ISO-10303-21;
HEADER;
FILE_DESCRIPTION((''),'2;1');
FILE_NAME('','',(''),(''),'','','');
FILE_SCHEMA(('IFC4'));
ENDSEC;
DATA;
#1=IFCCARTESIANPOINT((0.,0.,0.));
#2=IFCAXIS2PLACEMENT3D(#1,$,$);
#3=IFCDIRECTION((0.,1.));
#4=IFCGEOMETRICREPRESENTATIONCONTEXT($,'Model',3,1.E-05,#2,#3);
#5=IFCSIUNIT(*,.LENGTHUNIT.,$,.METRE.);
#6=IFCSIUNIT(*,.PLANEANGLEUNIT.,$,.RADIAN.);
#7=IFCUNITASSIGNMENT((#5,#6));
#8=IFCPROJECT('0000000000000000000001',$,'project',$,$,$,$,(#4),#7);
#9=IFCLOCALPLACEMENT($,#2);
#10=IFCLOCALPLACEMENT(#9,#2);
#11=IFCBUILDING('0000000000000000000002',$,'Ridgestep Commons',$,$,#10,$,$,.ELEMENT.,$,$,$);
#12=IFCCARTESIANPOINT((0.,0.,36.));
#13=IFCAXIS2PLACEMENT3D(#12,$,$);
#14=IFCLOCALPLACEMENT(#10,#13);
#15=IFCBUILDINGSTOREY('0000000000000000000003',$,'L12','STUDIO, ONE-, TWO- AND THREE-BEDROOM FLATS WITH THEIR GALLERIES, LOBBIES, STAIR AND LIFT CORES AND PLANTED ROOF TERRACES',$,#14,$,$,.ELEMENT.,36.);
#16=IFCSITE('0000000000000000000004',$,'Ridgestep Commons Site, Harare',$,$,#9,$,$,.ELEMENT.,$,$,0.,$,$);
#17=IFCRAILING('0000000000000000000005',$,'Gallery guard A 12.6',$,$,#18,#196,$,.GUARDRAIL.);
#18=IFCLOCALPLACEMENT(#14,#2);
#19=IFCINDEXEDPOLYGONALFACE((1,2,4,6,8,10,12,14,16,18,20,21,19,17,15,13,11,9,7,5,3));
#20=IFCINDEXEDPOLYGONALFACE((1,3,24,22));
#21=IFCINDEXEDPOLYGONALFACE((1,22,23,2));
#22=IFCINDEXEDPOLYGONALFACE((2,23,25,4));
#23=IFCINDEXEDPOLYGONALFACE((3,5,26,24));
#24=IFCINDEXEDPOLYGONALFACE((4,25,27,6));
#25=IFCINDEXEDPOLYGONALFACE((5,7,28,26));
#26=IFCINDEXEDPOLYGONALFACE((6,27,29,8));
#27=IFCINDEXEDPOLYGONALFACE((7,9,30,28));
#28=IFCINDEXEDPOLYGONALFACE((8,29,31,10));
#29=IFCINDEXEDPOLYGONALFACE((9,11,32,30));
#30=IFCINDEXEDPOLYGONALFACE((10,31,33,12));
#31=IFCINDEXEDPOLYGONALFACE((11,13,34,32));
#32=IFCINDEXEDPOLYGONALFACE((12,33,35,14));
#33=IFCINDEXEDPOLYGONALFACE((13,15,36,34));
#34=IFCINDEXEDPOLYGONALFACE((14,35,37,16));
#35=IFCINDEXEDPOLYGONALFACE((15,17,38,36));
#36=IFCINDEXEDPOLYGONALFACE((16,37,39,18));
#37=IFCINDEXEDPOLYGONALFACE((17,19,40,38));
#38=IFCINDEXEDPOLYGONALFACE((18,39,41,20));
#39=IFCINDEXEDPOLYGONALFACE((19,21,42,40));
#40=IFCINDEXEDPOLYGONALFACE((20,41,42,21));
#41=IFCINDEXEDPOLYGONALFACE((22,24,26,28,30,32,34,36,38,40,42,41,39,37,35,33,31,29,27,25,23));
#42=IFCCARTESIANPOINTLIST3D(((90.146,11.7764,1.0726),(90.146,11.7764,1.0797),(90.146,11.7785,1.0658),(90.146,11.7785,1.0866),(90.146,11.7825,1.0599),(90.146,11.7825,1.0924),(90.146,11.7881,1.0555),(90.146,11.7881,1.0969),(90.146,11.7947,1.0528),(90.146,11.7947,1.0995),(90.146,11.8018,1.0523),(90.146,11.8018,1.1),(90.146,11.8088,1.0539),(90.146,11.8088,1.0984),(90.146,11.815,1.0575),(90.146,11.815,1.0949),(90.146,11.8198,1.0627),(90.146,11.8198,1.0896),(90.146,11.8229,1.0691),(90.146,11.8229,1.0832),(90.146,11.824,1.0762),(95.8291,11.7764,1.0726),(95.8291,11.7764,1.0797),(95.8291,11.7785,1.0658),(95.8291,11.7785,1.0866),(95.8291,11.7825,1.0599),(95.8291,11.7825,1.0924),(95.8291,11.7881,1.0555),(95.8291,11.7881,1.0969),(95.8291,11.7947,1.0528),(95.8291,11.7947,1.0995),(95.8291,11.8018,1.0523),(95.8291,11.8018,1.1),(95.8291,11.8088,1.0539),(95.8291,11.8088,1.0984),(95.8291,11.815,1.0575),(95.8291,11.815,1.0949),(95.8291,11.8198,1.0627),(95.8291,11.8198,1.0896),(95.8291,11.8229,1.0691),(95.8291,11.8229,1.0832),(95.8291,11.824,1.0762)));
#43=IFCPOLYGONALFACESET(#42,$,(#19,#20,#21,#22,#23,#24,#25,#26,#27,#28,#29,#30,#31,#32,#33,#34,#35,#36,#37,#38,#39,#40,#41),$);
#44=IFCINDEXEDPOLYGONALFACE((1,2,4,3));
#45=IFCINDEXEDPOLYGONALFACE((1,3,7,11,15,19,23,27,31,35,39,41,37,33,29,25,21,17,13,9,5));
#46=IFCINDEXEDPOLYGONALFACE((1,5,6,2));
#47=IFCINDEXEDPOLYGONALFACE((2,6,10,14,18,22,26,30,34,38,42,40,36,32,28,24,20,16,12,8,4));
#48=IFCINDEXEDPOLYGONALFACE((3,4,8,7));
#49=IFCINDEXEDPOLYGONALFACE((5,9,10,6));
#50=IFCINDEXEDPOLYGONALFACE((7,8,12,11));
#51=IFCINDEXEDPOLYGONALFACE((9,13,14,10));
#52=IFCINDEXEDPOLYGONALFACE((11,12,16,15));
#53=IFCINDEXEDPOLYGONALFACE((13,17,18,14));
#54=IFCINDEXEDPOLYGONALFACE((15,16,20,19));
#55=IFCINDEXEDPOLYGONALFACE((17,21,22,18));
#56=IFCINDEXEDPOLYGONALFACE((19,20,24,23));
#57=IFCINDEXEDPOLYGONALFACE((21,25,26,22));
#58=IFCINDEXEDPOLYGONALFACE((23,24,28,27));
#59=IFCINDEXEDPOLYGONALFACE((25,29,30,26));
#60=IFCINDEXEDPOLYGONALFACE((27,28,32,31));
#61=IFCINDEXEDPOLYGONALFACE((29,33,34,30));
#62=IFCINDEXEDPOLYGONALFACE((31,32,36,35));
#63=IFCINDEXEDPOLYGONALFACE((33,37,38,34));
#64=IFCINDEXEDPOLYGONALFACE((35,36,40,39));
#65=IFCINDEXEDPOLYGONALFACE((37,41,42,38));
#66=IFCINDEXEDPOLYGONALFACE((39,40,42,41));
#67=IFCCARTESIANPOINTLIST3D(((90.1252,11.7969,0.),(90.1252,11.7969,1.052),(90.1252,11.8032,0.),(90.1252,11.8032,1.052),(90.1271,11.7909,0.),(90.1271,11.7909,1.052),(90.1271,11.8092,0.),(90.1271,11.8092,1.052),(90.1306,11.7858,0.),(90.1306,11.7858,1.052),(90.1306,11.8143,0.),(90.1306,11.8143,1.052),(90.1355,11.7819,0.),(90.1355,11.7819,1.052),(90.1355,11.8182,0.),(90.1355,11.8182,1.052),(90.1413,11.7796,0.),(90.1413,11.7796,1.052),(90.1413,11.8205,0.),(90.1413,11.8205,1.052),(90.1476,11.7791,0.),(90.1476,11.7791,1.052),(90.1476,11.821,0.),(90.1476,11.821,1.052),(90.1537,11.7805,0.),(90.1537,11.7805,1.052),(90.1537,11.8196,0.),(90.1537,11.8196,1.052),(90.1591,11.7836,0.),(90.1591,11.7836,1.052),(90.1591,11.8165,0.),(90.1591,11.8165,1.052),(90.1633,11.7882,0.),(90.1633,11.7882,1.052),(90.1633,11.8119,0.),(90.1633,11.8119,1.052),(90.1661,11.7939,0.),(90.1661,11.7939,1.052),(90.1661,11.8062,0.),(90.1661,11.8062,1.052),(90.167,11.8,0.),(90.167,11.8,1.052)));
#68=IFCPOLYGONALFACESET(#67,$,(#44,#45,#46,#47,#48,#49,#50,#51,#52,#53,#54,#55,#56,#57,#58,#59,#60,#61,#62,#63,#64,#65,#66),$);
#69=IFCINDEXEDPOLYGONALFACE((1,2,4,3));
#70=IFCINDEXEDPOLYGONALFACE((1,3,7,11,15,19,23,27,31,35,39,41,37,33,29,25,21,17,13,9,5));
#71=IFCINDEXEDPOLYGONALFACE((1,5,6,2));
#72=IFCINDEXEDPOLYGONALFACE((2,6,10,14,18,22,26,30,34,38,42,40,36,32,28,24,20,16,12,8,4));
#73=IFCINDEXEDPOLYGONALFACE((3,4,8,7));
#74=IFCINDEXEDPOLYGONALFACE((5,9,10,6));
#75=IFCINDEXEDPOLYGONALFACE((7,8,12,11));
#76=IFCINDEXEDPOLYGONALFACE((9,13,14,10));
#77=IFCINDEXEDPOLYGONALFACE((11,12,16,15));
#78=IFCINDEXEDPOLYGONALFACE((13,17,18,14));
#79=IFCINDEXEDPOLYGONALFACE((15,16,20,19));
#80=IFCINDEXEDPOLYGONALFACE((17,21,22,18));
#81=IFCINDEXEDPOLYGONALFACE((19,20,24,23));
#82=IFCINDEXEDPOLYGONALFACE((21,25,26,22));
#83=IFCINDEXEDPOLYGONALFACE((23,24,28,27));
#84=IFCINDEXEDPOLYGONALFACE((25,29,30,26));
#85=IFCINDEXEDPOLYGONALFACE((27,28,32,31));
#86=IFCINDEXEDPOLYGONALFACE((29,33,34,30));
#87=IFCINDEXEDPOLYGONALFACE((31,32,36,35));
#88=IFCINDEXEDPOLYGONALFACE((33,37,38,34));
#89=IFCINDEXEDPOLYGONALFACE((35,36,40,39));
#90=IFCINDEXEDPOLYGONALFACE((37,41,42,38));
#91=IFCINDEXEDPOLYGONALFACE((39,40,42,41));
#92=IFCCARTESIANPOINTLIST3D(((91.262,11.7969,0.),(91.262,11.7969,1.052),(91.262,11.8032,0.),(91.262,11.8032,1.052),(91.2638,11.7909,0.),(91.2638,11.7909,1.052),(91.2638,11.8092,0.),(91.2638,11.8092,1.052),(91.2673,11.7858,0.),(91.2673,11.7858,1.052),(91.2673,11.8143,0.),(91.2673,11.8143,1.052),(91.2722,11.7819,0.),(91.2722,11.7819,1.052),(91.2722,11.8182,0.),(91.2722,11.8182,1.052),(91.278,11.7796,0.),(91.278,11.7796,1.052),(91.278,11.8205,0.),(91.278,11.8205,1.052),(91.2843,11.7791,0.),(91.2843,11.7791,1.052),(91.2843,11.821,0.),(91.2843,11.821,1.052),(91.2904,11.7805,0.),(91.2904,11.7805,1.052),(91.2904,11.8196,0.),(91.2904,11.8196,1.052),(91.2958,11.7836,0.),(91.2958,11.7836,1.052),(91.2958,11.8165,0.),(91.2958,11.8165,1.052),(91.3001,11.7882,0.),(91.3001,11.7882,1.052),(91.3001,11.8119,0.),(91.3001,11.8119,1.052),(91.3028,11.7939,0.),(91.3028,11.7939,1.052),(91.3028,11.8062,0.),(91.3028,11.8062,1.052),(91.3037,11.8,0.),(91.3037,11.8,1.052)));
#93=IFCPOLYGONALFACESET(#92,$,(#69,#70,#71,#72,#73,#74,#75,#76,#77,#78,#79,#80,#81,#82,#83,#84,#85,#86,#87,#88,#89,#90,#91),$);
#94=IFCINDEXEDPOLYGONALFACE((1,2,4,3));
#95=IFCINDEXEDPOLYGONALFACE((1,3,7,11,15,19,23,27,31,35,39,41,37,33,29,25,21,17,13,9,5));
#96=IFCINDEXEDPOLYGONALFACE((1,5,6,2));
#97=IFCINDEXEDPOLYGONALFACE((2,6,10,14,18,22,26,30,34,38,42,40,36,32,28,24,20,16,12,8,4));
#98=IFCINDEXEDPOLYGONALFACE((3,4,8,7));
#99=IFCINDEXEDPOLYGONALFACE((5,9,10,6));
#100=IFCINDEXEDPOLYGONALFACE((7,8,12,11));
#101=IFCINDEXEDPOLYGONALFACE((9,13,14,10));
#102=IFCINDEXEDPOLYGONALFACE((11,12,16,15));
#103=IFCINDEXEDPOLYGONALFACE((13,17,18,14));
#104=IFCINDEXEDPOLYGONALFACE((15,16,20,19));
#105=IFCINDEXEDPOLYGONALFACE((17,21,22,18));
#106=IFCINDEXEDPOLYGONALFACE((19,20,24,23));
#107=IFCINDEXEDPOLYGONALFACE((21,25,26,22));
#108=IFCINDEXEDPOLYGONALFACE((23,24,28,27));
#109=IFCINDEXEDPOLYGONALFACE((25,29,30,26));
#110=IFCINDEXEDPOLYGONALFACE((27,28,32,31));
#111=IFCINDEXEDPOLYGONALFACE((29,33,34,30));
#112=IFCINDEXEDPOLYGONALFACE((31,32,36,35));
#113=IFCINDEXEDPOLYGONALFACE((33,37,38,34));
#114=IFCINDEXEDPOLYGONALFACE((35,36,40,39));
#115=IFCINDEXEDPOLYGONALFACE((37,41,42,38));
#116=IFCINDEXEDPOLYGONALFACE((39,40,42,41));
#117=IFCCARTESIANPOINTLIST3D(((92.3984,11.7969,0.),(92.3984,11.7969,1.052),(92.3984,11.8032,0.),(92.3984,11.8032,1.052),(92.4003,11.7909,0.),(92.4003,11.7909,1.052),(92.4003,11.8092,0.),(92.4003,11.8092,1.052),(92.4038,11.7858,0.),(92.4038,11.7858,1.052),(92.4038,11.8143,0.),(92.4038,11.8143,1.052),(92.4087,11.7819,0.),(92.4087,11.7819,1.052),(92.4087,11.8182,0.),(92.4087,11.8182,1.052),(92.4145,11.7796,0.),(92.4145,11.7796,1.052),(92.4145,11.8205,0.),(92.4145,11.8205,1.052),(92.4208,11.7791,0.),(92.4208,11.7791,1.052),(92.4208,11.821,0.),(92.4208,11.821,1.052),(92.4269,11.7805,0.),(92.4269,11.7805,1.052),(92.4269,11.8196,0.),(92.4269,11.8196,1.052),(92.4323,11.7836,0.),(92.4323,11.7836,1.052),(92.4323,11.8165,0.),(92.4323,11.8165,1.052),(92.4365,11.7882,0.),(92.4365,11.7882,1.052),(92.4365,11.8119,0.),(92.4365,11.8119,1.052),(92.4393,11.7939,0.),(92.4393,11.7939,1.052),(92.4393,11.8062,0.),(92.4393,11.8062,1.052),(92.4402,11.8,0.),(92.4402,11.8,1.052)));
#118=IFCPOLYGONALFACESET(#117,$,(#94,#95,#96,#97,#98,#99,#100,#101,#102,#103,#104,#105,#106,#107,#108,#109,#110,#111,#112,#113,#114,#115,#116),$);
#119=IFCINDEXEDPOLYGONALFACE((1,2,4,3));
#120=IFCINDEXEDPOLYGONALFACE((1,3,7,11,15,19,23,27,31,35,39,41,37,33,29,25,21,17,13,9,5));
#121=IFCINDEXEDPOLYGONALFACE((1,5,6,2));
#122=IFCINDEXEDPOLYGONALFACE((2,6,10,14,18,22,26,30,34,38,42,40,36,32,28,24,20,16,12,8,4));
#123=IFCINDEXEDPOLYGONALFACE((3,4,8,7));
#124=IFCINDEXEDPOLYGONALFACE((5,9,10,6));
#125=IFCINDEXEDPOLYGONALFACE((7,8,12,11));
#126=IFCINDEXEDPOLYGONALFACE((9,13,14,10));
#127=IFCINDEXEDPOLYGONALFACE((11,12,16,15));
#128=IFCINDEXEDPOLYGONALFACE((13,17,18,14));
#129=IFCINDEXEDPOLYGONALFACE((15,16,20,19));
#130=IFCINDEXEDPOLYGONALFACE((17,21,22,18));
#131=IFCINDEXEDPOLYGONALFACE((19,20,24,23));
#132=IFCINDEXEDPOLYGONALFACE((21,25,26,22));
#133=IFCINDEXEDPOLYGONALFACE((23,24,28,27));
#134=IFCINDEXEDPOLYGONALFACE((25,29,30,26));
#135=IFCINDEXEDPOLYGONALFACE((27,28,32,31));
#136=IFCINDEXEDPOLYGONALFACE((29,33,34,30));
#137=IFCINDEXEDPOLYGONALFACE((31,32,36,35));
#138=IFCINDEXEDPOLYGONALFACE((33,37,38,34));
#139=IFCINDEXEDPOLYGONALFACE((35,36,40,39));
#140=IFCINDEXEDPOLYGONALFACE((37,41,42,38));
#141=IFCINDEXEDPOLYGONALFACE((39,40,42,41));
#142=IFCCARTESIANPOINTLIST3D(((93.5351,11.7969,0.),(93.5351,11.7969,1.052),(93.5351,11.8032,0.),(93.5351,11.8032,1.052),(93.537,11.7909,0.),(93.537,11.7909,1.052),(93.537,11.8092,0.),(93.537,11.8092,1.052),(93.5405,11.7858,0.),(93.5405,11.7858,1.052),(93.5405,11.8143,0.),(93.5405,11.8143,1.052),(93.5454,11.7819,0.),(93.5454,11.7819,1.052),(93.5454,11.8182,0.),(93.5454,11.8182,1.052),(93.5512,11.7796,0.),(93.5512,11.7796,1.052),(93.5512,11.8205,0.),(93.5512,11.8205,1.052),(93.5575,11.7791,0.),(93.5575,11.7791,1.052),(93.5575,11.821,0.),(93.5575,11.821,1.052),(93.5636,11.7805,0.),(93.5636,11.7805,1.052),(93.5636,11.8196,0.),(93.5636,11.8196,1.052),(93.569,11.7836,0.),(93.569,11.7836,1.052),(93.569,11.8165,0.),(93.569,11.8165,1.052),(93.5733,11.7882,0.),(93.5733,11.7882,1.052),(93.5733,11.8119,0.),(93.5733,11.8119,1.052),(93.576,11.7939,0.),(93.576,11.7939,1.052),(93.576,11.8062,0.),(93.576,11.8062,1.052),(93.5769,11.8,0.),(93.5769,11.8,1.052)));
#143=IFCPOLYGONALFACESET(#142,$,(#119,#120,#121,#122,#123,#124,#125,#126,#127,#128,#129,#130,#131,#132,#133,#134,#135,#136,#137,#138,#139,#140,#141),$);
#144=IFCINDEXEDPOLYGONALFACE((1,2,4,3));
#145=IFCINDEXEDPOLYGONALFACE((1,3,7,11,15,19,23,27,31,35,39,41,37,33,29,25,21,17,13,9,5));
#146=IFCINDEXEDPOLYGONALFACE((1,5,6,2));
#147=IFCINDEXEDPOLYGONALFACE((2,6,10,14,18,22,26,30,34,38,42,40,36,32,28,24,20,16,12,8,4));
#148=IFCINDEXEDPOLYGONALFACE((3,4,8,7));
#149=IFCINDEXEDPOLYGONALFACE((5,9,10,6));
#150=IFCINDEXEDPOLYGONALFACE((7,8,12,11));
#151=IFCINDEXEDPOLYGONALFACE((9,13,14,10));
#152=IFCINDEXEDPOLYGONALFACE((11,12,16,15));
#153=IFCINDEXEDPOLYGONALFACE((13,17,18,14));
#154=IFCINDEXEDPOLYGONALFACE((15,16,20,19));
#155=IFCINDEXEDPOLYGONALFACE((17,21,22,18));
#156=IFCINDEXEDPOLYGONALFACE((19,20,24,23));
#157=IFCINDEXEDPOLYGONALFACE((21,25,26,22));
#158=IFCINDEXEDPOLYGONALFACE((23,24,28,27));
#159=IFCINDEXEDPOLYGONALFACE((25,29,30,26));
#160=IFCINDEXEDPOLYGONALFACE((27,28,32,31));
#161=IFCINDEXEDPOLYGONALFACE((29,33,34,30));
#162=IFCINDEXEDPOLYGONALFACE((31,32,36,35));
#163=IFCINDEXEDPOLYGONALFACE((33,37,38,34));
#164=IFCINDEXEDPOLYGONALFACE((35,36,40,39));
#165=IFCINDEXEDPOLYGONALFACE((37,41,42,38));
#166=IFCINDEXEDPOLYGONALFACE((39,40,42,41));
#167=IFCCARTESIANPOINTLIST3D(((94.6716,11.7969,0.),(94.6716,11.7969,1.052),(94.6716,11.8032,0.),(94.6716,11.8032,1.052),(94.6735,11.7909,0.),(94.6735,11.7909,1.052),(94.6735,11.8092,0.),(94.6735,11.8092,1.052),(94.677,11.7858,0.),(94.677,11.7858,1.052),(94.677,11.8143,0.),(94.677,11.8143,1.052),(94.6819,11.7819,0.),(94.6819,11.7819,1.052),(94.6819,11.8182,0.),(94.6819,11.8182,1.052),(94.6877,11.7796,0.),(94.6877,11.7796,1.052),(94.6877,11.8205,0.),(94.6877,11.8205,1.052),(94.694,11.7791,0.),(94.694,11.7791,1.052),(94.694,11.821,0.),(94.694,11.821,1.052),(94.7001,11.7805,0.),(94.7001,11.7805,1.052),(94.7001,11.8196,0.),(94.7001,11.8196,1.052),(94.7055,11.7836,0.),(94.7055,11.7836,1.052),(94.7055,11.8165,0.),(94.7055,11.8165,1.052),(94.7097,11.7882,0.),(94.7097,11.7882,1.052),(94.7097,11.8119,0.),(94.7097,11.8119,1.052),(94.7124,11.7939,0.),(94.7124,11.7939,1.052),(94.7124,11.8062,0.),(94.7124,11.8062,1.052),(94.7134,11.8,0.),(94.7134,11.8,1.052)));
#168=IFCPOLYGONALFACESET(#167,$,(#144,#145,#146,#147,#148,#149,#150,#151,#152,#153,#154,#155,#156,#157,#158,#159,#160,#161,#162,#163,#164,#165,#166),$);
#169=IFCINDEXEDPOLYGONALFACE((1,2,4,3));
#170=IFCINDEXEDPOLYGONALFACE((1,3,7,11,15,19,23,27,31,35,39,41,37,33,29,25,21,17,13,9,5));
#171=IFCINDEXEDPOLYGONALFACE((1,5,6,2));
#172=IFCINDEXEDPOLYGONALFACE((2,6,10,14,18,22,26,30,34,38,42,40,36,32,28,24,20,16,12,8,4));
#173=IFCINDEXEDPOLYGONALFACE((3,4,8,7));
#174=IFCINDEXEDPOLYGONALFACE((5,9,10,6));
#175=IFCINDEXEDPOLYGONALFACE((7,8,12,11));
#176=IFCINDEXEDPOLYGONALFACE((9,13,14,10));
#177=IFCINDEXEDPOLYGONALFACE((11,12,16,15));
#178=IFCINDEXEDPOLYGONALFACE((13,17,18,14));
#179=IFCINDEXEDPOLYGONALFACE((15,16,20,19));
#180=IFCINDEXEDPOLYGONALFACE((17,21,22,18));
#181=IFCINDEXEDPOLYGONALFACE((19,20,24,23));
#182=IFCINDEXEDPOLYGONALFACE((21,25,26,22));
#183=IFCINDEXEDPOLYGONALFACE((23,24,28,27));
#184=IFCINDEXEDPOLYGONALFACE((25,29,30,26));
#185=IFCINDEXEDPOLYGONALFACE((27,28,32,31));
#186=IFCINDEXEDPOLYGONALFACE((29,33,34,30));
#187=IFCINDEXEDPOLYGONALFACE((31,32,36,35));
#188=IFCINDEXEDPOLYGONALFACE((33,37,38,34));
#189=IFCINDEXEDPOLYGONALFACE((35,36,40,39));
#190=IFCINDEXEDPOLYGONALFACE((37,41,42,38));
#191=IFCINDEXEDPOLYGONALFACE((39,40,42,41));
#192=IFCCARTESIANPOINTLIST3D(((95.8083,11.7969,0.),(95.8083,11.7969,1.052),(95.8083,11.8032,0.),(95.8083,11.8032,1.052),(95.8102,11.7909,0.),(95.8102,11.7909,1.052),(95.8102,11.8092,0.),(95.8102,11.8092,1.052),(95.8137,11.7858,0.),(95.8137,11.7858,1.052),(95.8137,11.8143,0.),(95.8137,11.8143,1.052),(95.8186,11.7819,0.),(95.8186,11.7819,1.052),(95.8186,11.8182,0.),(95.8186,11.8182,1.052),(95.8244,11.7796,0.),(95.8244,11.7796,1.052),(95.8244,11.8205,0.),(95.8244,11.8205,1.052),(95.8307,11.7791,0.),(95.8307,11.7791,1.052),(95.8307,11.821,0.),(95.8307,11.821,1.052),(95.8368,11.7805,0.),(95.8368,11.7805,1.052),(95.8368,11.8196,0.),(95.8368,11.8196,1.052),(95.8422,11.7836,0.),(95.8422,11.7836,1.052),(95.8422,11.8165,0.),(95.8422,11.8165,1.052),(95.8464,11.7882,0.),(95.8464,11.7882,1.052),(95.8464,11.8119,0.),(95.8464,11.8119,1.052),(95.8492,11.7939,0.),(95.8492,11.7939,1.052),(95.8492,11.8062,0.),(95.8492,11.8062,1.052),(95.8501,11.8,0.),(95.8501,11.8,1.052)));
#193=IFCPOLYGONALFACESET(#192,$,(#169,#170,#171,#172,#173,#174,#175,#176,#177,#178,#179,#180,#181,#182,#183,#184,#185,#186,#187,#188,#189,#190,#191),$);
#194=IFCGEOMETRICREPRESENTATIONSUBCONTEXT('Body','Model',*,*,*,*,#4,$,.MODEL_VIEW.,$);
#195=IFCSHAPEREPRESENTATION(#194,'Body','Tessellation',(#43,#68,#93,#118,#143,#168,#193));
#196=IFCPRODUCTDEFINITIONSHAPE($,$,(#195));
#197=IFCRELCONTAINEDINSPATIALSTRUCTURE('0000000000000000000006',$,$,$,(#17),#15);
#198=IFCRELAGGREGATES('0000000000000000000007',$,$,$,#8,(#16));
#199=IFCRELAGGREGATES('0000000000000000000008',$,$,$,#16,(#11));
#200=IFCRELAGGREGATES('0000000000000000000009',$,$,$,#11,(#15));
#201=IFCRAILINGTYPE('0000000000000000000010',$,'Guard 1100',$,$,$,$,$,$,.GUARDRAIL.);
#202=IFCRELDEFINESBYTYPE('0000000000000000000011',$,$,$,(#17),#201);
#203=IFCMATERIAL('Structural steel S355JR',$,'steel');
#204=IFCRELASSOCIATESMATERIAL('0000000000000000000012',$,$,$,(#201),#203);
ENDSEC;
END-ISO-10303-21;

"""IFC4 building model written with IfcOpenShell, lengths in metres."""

from ifc_helpers import new_model, si_unit, direction, frame, origin, origin_2d, place, context, subcontext, project, spatial, circle, extrude, material, type_object, element, save


model = new_model("IFC4")

# Units and contexts
model_context = context("Model", 3, precision=1e-05, world=origin(), true_north=direction((0.0, 1.0)))
body_context = subcontext(model_context, "Body", "Model", "MODEL_VIEW")
ifc_project = project(units=[si_unit("LENGTHUNIT", "METRE"), si_unit("PLANEANGLEUNIT", "RADIAN")], contexts=[model_context])

# Site, building, storey
site_placement = place(None, origin())
site = spatial("IfcSite", under=ifc_project, at=site_placement, Name="Ridgestep Commons Site, Harare", CompositionType="ELEMENT", RefElevation=0.0)
building_placement = place(site_placement, origin())
building = spatial("IfcBuilding", under=site, at=building_placement, Name="Ridgestep Commons", CompositionType="ELEMENT")
storey_placement = place(building_placement, frame((0.0, 0.0, 36.0)))
storey = spatial("IfcBuildingStorey", under=building, at=storey_placement, Name="L12", Description="STUDIO, ONE-, TWO- AND THREE-BEDROOM FLATS WITH THEIR GALLERIES, LOBBIES, STAIR AND LIFT CORES AND PLANTED ROOF TERRACES", CompositionType="ELEMENT", Elevation=36.0)

# Railing
ifc_material_1 = material(Name="Structural steel S355JR", Category="steel")
railing_type_1 = type_object("IfcRailingType", Name="Guard 1100", PredefinedType="GUARDRAIL", material=ifc_material_1)
railing_1_placement = place(storey_placement, frame((90.146, 11.8, 0.0)))
element("IfcRailing", 1, at=railing_1_placement, inside=storey, type_object=railing_type_1, Name="Gallery guard A 12.6", PredefinedType="GUARDRAIL", context=body_context, shape_type="SweptSolid", body=[
    extrude(circle(Radius=0.0239, at=origin_2d()), frame((0.0, 0.0, 1.0762), z_axis=(1.0, 0.0, 0.0), x_axis=(0.0, 1.0, 0.0)), (0.0, 0.0, 1.0), 5.6831),
    extrude(circle(Radius=0.021, at=origin_2d()), origin(), (0.0, 0.0, 1.0), 1.052),
    extrude(circle(Radius=0.021, at=origin_2d()), frame((1.1367, 0.0, 0.0)), (0.0, 0.0, 1.0), 1.052),
    extrude(circle(Radius=0.021, at=origin_2d()), frame((2.2732, 0.0, 0.0)), (0.0, 0.0, 1.0), 1.052),
    extrude(circle(Radius=0.021, at=origin_2d()), frame((3.4099, 0.0, 0.0)), (0.0, 0.0, 1.0), 1.052),
    extrude(circle(Radius=0.021, at=origin_2d()), frame((4.5464, 0.0, 0.0)), (0.0, 0.0, 1.0), 1.052),
    extrude(circle(Radius=0.021, at=origin_2d()), frame((5.6831, 0.0, 0.0)), (0.0, 0.0, 1.0), 1.052),
])

save(model, "model.ifc")
